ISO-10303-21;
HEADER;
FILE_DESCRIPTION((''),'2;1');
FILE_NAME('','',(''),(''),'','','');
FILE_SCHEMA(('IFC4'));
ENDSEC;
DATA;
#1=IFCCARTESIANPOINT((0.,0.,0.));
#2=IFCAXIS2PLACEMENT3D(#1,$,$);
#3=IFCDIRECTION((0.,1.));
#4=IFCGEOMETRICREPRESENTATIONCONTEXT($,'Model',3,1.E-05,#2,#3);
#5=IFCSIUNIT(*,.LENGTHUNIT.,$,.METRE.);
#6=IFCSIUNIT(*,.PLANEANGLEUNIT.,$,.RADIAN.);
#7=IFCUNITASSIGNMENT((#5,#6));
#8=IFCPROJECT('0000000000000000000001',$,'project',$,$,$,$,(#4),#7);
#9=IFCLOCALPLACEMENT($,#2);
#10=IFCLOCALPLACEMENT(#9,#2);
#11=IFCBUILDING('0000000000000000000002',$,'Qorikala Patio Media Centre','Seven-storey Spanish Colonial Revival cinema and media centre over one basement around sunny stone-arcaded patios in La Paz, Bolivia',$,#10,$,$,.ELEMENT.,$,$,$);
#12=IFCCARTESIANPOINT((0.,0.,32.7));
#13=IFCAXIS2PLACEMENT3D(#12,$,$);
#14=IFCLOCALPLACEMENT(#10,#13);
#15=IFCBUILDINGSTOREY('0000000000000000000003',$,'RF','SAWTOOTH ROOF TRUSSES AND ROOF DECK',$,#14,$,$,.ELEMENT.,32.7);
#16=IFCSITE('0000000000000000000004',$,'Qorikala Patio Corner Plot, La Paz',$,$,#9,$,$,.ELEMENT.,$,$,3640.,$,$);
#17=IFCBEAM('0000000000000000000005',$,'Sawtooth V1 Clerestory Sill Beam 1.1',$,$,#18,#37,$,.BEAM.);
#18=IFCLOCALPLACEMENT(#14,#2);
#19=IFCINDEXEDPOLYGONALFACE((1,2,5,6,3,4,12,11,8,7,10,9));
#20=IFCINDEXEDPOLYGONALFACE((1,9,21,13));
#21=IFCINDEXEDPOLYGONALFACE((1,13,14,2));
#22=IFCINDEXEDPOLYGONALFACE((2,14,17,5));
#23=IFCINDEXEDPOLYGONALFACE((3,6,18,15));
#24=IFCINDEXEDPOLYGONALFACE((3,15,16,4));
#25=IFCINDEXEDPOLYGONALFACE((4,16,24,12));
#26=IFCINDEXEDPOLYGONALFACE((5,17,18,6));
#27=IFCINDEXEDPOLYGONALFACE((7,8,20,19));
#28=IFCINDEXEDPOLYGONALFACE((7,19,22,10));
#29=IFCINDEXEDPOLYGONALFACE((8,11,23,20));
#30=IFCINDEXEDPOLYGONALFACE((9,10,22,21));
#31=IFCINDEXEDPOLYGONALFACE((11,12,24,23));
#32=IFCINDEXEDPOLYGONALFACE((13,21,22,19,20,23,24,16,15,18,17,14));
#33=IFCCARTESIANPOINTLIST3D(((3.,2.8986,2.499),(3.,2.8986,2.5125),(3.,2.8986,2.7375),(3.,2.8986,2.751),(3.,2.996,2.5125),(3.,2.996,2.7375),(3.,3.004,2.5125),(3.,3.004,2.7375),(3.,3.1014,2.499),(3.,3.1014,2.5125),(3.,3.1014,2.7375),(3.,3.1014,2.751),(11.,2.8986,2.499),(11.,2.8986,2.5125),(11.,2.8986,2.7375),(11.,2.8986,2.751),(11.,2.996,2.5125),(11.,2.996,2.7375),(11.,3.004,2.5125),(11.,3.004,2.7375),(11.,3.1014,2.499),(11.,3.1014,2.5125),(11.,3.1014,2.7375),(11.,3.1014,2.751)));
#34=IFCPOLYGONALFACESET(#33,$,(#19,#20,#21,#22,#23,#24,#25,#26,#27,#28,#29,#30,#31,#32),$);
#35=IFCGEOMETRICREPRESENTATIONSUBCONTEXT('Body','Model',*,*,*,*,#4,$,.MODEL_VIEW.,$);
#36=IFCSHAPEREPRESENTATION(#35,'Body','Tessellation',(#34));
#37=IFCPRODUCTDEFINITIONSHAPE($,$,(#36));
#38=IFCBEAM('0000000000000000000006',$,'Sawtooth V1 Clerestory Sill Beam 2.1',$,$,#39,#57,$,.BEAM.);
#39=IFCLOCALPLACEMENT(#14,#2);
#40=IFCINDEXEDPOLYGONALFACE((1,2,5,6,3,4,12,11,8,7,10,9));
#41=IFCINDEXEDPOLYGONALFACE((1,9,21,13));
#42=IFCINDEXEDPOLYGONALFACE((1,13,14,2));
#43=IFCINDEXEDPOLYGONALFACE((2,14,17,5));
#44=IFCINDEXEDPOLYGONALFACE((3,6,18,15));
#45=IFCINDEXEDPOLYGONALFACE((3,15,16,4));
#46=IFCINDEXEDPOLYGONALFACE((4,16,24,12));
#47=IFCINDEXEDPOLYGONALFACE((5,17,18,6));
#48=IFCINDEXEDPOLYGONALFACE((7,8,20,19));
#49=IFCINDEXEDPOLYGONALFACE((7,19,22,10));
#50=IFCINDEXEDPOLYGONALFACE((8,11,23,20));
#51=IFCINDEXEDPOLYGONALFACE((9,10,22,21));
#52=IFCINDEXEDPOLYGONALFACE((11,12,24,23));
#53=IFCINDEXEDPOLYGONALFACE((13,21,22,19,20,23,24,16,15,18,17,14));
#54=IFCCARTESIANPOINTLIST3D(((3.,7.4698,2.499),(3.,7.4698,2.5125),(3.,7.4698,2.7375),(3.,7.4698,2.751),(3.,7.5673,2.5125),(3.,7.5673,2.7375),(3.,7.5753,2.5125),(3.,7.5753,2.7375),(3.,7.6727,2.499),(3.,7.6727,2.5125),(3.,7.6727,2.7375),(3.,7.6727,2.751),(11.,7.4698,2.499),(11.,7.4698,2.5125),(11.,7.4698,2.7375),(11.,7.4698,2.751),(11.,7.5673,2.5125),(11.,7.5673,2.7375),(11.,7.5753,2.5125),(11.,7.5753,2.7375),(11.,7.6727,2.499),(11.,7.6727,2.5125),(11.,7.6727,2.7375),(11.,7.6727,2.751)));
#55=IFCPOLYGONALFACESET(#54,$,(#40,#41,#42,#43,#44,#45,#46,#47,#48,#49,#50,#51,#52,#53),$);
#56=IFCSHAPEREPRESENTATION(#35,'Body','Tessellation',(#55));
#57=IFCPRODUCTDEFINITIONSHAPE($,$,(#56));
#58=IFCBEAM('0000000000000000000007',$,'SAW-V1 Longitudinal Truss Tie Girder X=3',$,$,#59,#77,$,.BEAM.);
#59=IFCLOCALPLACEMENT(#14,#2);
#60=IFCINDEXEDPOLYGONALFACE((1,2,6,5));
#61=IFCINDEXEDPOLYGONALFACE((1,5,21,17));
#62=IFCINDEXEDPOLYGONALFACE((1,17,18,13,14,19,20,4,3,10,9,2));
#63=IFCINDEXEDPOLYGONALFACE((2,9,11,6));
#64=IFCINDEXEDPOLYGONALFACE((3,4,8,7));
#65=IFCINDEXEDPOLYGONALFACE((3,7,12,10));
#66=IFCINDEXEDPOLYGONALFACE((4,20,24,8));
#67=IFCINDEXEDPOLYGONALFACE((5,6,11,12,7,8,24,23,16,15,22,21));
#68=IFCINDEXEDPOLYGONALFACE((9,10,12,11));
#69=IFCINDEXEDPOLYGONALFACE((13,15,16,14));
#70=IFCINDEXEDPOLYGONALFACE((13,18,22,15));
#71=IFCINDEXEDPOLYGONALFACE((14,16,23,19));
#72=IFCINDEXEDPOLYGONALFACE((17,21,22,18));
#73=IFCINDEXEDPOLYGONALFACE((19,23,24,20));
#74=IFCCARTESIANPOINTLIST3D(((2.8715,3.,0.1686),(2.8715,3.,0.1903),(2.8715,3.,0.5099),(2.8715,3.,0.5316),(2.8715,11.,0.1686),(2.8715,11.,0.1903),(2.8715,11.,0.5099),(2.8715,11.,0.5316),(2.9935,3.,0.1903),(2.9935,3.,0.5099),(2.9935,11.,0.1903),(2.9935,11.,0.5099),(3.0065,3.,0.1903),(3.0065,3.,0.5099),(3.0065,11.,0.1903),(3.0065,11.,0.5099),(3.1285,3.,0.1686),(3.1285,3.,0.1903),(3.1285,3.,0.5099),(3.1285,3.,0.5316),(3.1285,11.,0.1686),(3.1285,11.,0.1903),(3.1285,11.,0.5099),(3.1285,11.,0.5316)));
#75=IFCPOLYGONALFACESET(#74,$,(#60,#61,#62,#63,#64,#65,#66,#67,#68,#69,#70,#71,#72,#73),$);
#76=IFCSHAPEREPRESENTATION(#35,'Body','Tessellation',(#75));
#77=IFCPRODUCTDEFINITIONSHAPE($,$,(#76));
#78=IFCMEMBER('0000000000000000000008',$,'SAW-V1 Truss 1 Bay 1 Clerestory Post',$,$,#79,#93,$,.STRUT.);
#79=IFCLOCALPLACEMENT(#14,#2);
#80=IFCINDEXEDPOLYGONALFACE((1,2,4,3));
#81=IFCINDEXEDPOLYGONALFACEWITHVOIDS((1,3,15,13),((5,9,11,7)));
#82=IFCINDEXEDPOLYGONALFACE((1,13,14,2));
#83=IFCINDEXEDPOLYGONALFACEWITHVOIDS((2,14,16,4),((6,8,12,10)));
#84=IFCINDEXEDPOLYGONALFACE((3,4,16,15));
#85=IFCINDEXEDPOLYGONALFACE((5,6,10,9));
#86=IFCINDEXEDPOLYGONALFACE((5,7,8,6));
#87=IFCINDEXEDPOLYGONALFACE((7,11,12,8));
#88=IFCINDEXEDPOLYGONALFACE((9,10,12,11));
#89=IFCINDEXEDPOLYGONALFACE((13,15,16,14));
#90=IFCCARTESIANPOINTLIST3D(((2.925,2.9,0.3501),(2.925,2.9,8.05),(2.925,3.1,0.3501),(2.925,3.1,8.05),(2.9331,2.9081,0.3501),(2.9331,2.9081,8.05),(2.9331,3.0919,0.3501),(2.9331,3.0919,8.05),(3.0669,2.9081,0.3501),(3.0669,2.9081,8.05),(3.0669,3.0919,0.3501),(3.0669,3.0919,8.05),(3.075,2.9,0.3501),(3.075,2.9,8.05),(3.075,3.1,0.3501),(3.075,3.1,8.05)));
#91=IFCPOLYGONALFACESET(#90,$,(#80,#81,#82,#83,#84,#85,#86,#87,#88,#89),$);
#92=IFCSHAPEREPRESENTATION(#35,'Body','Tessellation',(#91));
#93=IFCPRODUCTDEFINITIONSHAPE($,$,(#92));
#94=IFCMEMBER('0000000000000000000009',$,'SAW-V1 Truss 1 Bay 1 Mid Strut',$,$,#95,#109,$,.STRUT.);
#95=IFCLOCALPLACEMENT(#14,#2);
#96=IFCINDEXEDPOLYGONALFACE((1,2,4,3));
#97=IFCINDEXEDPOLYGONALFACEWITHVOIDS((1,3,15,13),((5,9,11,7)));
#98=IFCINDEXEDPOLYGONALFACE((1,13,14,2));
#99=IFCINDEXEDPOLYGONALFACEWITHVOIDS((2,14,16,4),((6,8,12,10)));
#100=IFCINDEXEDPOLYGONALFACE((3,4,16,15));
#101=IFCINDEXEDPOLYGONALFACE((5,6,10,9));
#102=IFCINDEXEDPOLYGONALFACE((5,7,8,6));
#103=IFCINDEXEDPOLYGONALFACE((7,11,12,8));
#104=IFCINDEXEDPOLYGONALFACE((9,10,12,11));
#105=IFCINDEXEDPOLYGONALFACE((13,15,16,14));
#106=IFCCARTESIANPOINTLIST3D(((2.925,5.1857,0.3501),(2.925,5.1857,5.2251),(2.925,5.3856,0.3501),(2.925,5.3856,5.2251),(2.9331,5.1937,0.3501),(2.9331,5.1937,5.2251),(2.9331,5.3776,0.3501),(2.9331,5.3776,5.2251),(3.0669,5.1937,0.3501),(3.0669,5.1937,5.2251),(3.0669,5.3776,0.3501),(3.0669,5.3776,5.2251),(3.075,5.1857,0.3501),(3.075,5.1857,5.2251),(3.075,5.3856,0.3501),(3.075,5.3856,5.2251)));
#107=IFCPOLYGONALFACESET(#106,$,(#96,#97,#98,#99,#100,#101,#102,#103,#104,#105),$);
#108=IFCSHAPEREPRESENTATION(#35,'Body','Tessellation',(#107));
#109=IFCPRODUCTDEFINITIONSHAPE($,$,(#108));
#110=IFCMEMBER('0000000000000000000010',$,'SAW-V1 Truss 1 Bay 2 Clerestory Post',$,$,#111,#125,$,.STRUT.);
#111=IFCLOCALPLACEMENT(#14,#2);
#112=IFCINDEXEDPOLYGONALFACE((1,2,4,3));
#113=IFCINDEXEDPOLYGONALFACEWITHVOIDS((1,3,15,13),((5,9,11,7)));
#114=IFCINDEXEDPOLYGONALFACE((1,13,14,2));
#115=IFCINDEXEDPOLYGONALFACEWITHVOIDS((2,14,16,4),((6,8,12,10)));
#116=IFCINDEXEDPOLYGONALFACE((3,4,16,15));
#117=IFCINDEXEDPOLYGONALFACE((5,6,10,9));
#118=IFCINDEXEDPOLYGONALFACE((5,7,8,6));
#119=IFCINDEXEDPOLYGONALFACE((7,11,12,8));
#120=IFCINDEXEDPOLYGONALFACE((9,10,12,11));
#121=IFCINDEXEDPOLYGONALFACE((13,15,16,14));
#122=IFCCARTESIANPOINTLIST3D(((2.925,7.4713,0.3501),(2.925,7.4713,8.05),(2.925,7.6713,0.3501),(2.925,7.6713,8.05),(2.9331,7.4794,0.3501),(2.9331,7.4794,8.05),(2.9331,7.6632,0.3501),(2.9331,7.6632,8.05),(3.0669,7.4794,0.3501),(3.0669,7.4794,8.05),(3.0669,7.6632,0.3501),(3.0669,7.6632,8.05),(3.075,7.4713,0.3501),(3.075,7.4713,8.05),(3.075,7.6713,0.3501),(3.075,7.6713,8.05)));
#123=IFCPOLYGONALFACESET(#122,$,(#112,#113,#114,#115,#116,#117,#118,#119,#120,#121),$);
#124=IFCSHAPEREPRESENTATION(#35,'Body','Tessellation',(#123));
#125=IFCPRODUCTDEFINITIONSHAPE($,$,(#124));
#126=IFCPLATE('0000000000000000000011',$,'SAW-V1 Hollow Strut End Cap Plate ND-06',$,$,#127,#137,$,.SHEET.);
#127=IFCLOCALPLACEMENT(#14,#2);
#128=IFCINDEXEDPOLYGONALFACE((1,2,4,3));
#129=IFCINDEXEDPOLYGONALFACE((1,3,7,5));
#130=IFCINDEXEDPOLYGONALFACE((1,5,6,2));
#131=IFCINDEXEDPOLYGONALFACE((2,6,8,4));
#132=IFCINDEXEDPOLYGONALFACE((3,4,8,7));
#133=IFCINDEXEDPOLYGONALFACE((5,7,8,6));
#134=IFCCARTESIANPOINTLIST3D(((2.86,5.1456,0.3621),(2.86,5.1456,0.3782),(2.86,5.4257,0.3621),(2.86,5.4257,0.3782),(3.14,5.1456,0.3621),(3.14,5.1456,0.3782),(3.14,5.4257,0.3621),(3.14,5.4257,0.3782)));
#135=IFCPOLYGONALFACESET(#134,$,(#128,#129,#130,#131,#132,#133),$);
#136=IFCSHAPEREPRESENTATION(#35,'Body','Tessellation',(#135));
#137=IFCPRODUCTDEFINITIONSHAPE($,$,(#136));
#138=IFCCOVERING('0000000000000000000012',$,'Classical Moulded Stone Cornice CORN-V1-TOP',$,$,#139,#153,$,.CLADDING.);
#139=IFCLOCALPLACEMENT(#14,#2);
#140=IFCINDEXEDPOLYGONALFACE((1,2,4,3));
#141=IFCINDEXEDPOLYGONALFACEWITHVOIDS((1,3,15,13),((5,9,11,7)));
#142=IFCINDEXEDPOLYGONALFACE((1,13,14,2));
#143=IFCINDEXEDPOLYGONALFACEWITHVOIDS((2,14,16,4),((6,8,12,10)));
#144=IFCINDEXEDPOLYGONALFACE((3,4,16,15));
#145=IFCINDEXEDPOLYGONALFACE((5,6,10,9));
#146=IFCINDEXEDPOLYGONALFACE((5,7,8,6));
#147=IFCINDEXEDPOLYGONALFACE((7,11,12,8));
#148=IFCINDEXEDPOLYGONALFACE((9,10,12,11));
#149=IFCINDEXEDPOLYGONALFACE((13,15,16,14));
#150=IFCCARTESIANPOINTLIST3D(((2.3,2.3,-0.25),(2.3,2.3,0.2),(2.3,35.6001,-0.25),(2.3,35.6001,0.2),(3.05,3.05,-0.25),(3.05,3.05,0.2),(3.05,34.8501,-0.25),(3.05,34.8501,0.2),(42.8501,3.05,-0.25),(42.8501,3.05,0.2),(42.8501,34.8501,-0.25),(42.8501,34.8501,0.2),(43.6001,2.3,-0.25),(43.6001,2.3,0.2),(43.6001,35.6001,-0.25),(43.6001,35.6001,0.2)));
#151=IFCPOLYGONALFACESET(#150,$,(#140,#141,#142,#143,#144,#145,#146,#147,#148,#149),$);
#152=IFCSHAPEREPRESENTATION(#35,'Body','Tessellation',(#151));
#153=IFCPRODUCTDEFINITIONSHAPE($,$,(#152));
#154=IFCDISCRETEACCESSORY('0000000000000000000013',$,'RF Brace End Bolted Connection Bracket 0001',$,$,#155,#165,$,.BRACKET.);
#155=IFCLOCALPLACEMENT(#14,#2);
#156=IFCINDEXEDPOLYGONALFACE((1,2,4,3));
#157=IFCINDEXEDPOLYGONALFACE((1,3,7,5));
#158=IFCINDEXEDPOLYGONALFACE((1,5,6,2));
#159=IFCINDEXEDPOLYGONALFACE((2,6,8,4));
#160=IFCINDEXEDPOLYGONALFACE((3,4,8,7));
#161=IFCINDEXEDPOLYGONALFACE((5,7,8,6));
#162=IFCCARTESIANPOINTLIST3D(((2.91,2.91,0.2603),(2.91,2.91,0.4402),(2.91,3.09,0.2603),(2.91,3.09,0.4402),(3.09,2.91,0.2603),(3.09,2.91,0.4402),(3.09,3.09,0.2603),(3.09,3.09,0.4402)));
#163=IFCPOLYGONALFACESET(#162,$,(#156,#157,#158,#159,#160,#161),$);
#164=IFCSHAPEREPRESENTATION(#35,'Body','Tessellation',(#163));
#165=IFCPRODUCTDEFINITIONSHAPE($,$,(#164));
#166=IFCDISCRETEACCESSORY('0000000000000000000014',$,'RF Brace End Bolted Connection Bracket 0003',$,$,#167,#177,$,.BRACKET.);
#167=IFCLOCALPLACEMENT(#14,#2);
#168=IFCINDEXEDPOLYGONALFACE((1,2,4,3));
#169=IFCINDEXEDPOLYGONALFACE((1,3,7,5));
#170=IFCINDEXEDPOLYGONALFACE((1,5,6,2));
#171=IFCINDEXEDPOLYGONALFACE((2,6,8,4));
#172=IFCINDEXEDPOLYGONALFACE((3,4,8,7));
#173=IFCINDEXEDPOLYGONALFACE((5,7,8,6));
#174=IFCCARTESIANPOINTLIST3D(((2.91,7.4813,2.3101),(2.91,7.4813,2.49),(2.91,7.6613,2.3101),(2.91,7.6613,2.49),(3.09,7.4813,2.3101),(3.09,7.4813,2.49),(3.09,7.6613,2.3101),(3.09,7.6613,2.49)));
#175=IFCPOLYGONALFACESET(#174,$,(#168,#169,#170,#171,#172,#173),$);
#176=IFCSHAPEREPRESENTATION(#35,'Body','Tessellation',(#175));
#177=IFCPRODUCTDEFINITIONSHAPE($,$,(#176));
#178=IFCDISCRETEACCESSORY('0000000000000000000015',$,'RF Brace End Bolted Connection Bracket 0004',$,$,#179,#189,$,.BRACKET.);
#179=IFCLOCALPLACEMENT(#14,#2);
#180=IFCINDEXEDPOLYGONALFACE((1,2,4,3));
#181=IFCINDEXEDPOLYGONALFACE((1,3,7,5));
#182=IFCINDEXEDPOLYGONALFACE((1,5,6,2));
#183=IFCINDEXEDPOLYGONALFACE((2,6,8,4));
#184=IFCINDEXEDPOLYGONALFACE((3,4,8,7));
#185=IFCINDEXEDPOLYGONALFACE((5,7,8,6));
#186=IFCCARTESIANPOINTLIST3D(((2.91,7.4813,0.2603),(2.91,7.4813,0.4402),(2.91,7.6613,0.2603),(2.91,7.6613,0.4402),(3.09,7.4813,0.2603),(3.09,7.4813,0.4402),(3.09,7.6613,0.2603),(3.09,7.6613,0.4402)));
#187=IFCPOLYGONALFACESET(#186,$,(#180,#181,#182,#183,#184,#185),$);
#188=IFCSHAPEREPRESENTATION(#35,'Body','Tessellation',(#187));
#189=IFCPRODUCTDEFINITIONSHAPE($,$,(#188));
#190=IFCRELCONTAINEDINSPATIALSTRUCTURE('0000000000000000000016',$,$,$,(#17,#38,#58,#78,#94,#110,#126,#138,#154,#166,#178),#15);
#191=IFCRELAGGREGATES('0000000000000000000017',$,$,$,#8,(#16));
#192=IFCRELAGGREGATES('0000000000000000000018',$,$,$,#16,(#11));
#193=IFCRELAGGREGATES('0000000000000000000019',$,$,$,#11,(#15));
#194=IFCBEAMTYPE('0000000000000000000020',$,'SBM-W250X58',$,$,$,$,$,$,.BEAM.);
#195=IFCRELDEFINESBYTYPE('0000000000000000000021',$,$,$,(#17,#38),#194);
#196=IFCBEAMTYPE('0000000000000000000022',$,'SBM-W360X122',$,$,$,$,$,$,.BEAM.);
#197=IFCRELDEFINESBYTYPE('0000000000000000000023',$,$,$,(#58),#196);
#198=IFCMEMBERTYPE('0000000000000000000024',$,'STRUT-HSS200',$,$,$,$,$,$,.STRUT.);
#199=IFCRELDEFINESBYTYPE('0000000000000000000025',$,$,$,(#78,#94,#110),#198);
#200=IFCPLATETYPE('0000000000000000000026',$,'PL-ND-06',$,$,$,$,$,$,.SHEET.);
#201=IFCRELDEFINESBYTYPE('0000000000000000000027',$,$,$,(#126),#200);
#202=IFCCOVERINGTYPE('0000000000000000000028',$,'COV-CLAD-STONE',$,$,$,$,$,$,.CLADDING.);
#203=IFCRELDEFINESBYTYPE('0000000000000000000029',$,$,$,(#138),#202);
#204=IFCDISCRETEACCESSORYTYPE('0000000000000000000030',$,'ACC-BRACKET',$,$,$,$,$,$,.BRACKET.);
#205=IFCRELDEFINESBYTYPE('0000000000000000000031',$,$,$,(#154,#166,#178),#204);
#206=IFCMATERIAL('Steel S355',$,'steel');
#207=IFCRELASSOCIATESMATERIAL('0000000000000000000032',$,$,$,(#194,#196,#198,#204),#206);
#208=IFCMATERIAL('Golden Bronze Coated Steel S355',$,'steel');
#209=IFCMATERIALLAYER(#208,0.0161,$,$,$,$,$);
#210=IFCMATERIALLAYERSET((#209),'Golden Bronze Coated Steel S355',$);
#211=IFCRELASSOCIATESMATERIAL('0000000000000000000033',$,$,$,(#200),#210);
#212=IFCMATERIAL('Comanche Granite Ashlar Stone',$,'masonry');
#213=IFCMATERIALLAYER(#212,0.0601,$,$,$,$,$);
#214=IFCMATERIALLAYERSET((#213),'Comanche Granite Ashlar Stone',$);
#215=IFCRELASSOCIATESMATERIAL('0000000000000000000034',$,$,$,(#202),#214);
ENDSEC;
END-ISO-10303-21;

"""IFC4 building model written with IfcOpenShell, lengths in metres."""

from ifc_helpers import new_model, si_unit, direction, frame, origin, origin_2d, place, context, subcontext, project, spatial, polyline, rectangle, hollow_rectangle, i_section, outline, extrude, material, layer, layer_set, material_profile, profile_set, type_object, element, save


model = new_model("IFC4")

# Units and contexts
model_context = context("Model", 3, precision=1e-05, world=origin(), true_north=direction((0.0, 1.0)))
body_context = subcontext(model_context, "Body", "Model", "MODEL_VIEW")
ifc_project = project(units=[si_unit("LENGTHUNIT", "METRE"), si_unit("PLANEANGLEUNIT", "RADIAN")], contexts=[model_context])

# Site, building, storey
site_placement = place(None, origin())
site = spatial("IfcSite", under=ifc_project, at=site_placement, Name="Qorikala Patio Corner Plot, La Paz", CompositionType="ELEMENT", RefElevation=3640.0)
building_placement = place(site_placement, origin())
building = spatial("IfcBuilding", under=site, at=building_placement, Name="Qorikala Patio Media Centre", Description="Seven-storey Spanish Colonial Revival cinema and media centre over one basement around sunny stone-arcaded patios in La Paz, Bolivia", CompositionType="ELEMENT")
storey_placement = place(building_placement, frame((0.0, 0.0, 32.7)))
storey = spatial("IfcBuildingStorey", under=building, at=storey_placement, Name="RF", Description="SAWTOOTH ROOF TRUSSES AND ROOF DECK", CompositionType="ELEMENT", Elevation=32.7)

# Shared definitions
ifc_material_1 = material(Name="Steel S355", Category="steel")

# Beams
ifc_material_profile_1 = material_profile(ifc_material_1, i_section(OverallWidth=0.2029, OverallDepth=0.252, WebThickness=0.0081, FlangeThickness=0.0134, at=origin_2d()), Name="W250X58")
ifc_profile_set_1 = profile_set([ifc_material_profile_1], Name="Steel S355")
beam_type_1 = type_object("IfcBeamType", Name="SBM-W250X58", PredefinedType="BEAM", material=ifc_profile_set_1)
for number, where, z_axis, x_axis, name in (
    (1, (3.0, 3.0, 2.625), (1.0, 0.0, 0.0), (0.0, 1.0, 0.0), "Sawtooth V1 Clerestory Sill Beam 1.1"),
    (2, (3.0, 7.5713, 2.625), (1.0, 0.0, 0.0), (0.0, 1.0, 0.0), "Sawtooth V1 Clerestory Sill Beam 2.1"),
):
    element("IfcBeam", number, at=place(storey_placement, frame(where, z_axis=z_axis, x_axis=x_axis)), inside=storey, type_object=beam_type_1, Name=name, PredefinedType="BEAM", context=body_context, shape_type="SweptSolid", body=[
        extrude(i_section(OverallWidth=0.2029, OverallDepth=0.252, WebThickness=0.0081, FlangeThickness=0.0134, at=origin_2d()), origin(), (0.0, 0.0, 1.0), 8.0),
    ])
ifc_material_profile_2 = material_profile(ifc_material_1, i_section(OverallWidth=0.2571, OverallDepth=0.363, WebThickness=0.0129, FlangeThickness=0.0217, at=origin_2d()), Name="W360X122")
ifc_profile_set_2 = profile_set([ifc_material_profile_2], Name="Steel S355")
beam_type_2 = type_object("IfcBeamType", Name="SBM-W360X122", PredefinedType="BEAM", material=ifc_profile_set_2)
beam_placement = place(storey_placement, frame((3.0, 3.0, 0.3501), z_axis=(0.0, 1.0, 0.0), x_axis=(-1.0, 0.0, 0.0)))
element("IfcBeam", 3, at=beam_placement, inside=storey, type_object=beam_type_2, Name="SAW-V1 Longitudinal Truss Tie Girder X=3", PredefinedType="BEAM", context=body_context, shape_type="SweptSolid", body=[
    extrude(i_section(OverallWidth=0.2571, OverallDepth=0.363, WebThickness=0.0129, FlangeThickness=0.0217, at=origin_2d()), origin(), (0.0, 0.0, 1.0), 8.0),
])

# Members
ifc_material_profile_3 = material_profile(ifc_material_1, hollow_rectangle(XDim=0.1499, YDim=0.2, WallThickness=0.0081, at=origin_2d()), Name="HSS200X150X8")
ifc_profile_set_3 = profile_set([ifc_material_profile_3], Name="Steel S355")
member_type_1 = type_object("IfcMemberType", Name="STRUT-HSS200", PredefinedType="STRUT", material=ifc_profile_set_3)
member_1_placement = place(storey_placement, frame((3.0, 3.0, 0.3501), z_axis=(0.0, 0.0, 1.0), x_axis=(1.0, 0.0, 0.0)))
element("IfcMember", 4, at=member_1_placement, inside=storey, type_object=member_type_1, Name="SAW-V1 Truss 1 Bay 1 Clerestory Post", PredefinedType="STRUT", context=body_context, shape_type="SweptSolid", body=[
    extrude(hollow_rectangle(XDim=0.1499, YDim=0.2, WallThickness=0.0081, at=origin_2d()), origin(), (0.0, 0.0, 1.0), 7.7),
])
member_2_placement = place(storey_placement, frame((3.0, 5.2856, 0.3501), z_axis=(0.0, 0.0, 1.0), x_axis=(1.0, 0.0, 0.0)))
element("IfcMember", 5, at=member_2_placement, inside=storey, type_object=member_type_1, Name="SAW-V1 Truss 1 Bay 1 Mid Strut", PredefinedType="STRUT", context=body_context, shape_type="SweptSolid", body=[
    extrude(hollow_rectangle(XDim=0.1499, YDim=0.2, WallThickness=0.0081, at=origin_2d()), origin(), (0.0, 0.0, 1.0), 4.875),
])
member_3_placement = place(storey_placement, frame((3.0, 7.5713, 0.3501), z_axis=(0.0, 0.0, 1.0), x_axis=(1.0, 0.0, 0.0)))
element("IfcMember", 6, at=member_3_placement, inside=storey, type_object=member_type_1, Name="SAW-V1 Truss 1 Bay 2 Clerestory Post", PredefinedType="STRUT", context=body_context, shape_type="SweptSolid", body=[
    extrude(hollow_rectangle(XDim=0.1499, YDim=0.2, WallThickness=0.0081, at=origin_2d()), origin(), (0.0, 0.0, 1.0), 7.7),
])

# Plate
ifc_material_2 = material(Name="Golden Bronze Coated Steel S355", Category="steel")
ifc_layer_1 = layer(ifc_material_2, 0.0161)
ifc_layer_set_1 = layer_set([ifc_layer_1], Name="Golden Bronze Coated Steel S355")
plate_type = type_object("IfcPlateType", Name="PL-ND-06", PredefinedType="SHEET", material=ifc_layer_set_1)
plate_placement = place(storey_placement, frame((3.0, 5.2856, 0.3621), z_axis=(0.0, 0.0, 1.0), x_axis=(1.0, 0.0, 0.0)))
element("IfcPlate", 7, at=plate_placement, inside=storey, type_object=plate_type, Name="SAW-V1 Hollow Strut End Cap Plate ND-06", PredefinedType="SHEET", context=body_context, shape_type="SweptSolid", body=[
    extrude(rectangle(XDim=0.28, YDim=0.28, at=origin_2d()), origin(), (0.0, 0.0, 1.0), 0.0161),
])

# Covering
ifc_material_3 = material(Name="Comanche Granite Ashlar Stone", Category="masonry")
ifc_layer_2 = layer(ifc_material_3, 0.0601)
ifc_layer_set_2 = layer_set([ifc_layer_2], Name="Comanche Granite Ashlar Stone")
covering_type = type_object("IfcCoveringType", Name="COV-CLAD-STONE", PredefinedType="CLADDING", material=ifc_layer_set_2)
covering_placement = place(storey_placement, frame((0.0, 0.0, -0.25)))
element("IfcCovering", 8, at=covering_placement, inside=storey, type_object=covering_type, Name="Classical Moulded Stone Cornice CORN-V1-TOP", PredefinedType="CLADDING", context=body_context, shape_type="SweptSolid", body=[
    extrude(outline(polyline([(2.3, 2.3), (43.6001, 2.3), (43.6001, 35.6001), (2.3, 35.6001), (2.3, 2.3)]), holes=[polyline([(3.05, 3.05), (42.8501, 3.05), (42.8501, 34.8501), (3.05, 34.8501), (3.05, 3.05)])]), origin(), (0.0, 0.0, 1.0), 0.45),
])

# Discrete accessories
discrete_accessory_type = type_object("IfcDiscreteAccessoryType", Name="ACC-BRACKET", PredefinedType="BRACKET", material=ifc_material_1)
for number, where, z_axis, x_axis, name in (
    (9, (3.0, 3.0, 0.2603), (0.0, 0.0, 1.0), (1.0, 0.0, 0.0), "RF Brace End Bolted Connection Bracket 0001"),
    (10, (3.0, 7.5713, 2.3101), (0.0, 0.0, 1.0), (1.0, 0.0, 0.0), "RF Brace End Bolted Connection Bracket 0003"),
    (11, (3.0, 7.5713, 0.2603), (0.0, 0.0, 1.0), (1.0, 0.0, 0.0), "RF Brace End Bolted Connection Bracket 0004"),
):
    element("IfcDiscreteAccessory", number, at=place(storey_placement, frame(where, z_axis=z_axis, x_axis=x_axis)), inside=storey, type_object=discrete_accessory_type, Name=name, PredefinedType="BRACKET", context=body_context, shape_type="SweptSolid", body=[
        extrude(rectangle(XDim=0.1799, YDim=0.1799, at=origin_2d()), origin(), (0.0, 0.0, 1.0), 0.1799),
    ])

save(model, "model.ifc")
